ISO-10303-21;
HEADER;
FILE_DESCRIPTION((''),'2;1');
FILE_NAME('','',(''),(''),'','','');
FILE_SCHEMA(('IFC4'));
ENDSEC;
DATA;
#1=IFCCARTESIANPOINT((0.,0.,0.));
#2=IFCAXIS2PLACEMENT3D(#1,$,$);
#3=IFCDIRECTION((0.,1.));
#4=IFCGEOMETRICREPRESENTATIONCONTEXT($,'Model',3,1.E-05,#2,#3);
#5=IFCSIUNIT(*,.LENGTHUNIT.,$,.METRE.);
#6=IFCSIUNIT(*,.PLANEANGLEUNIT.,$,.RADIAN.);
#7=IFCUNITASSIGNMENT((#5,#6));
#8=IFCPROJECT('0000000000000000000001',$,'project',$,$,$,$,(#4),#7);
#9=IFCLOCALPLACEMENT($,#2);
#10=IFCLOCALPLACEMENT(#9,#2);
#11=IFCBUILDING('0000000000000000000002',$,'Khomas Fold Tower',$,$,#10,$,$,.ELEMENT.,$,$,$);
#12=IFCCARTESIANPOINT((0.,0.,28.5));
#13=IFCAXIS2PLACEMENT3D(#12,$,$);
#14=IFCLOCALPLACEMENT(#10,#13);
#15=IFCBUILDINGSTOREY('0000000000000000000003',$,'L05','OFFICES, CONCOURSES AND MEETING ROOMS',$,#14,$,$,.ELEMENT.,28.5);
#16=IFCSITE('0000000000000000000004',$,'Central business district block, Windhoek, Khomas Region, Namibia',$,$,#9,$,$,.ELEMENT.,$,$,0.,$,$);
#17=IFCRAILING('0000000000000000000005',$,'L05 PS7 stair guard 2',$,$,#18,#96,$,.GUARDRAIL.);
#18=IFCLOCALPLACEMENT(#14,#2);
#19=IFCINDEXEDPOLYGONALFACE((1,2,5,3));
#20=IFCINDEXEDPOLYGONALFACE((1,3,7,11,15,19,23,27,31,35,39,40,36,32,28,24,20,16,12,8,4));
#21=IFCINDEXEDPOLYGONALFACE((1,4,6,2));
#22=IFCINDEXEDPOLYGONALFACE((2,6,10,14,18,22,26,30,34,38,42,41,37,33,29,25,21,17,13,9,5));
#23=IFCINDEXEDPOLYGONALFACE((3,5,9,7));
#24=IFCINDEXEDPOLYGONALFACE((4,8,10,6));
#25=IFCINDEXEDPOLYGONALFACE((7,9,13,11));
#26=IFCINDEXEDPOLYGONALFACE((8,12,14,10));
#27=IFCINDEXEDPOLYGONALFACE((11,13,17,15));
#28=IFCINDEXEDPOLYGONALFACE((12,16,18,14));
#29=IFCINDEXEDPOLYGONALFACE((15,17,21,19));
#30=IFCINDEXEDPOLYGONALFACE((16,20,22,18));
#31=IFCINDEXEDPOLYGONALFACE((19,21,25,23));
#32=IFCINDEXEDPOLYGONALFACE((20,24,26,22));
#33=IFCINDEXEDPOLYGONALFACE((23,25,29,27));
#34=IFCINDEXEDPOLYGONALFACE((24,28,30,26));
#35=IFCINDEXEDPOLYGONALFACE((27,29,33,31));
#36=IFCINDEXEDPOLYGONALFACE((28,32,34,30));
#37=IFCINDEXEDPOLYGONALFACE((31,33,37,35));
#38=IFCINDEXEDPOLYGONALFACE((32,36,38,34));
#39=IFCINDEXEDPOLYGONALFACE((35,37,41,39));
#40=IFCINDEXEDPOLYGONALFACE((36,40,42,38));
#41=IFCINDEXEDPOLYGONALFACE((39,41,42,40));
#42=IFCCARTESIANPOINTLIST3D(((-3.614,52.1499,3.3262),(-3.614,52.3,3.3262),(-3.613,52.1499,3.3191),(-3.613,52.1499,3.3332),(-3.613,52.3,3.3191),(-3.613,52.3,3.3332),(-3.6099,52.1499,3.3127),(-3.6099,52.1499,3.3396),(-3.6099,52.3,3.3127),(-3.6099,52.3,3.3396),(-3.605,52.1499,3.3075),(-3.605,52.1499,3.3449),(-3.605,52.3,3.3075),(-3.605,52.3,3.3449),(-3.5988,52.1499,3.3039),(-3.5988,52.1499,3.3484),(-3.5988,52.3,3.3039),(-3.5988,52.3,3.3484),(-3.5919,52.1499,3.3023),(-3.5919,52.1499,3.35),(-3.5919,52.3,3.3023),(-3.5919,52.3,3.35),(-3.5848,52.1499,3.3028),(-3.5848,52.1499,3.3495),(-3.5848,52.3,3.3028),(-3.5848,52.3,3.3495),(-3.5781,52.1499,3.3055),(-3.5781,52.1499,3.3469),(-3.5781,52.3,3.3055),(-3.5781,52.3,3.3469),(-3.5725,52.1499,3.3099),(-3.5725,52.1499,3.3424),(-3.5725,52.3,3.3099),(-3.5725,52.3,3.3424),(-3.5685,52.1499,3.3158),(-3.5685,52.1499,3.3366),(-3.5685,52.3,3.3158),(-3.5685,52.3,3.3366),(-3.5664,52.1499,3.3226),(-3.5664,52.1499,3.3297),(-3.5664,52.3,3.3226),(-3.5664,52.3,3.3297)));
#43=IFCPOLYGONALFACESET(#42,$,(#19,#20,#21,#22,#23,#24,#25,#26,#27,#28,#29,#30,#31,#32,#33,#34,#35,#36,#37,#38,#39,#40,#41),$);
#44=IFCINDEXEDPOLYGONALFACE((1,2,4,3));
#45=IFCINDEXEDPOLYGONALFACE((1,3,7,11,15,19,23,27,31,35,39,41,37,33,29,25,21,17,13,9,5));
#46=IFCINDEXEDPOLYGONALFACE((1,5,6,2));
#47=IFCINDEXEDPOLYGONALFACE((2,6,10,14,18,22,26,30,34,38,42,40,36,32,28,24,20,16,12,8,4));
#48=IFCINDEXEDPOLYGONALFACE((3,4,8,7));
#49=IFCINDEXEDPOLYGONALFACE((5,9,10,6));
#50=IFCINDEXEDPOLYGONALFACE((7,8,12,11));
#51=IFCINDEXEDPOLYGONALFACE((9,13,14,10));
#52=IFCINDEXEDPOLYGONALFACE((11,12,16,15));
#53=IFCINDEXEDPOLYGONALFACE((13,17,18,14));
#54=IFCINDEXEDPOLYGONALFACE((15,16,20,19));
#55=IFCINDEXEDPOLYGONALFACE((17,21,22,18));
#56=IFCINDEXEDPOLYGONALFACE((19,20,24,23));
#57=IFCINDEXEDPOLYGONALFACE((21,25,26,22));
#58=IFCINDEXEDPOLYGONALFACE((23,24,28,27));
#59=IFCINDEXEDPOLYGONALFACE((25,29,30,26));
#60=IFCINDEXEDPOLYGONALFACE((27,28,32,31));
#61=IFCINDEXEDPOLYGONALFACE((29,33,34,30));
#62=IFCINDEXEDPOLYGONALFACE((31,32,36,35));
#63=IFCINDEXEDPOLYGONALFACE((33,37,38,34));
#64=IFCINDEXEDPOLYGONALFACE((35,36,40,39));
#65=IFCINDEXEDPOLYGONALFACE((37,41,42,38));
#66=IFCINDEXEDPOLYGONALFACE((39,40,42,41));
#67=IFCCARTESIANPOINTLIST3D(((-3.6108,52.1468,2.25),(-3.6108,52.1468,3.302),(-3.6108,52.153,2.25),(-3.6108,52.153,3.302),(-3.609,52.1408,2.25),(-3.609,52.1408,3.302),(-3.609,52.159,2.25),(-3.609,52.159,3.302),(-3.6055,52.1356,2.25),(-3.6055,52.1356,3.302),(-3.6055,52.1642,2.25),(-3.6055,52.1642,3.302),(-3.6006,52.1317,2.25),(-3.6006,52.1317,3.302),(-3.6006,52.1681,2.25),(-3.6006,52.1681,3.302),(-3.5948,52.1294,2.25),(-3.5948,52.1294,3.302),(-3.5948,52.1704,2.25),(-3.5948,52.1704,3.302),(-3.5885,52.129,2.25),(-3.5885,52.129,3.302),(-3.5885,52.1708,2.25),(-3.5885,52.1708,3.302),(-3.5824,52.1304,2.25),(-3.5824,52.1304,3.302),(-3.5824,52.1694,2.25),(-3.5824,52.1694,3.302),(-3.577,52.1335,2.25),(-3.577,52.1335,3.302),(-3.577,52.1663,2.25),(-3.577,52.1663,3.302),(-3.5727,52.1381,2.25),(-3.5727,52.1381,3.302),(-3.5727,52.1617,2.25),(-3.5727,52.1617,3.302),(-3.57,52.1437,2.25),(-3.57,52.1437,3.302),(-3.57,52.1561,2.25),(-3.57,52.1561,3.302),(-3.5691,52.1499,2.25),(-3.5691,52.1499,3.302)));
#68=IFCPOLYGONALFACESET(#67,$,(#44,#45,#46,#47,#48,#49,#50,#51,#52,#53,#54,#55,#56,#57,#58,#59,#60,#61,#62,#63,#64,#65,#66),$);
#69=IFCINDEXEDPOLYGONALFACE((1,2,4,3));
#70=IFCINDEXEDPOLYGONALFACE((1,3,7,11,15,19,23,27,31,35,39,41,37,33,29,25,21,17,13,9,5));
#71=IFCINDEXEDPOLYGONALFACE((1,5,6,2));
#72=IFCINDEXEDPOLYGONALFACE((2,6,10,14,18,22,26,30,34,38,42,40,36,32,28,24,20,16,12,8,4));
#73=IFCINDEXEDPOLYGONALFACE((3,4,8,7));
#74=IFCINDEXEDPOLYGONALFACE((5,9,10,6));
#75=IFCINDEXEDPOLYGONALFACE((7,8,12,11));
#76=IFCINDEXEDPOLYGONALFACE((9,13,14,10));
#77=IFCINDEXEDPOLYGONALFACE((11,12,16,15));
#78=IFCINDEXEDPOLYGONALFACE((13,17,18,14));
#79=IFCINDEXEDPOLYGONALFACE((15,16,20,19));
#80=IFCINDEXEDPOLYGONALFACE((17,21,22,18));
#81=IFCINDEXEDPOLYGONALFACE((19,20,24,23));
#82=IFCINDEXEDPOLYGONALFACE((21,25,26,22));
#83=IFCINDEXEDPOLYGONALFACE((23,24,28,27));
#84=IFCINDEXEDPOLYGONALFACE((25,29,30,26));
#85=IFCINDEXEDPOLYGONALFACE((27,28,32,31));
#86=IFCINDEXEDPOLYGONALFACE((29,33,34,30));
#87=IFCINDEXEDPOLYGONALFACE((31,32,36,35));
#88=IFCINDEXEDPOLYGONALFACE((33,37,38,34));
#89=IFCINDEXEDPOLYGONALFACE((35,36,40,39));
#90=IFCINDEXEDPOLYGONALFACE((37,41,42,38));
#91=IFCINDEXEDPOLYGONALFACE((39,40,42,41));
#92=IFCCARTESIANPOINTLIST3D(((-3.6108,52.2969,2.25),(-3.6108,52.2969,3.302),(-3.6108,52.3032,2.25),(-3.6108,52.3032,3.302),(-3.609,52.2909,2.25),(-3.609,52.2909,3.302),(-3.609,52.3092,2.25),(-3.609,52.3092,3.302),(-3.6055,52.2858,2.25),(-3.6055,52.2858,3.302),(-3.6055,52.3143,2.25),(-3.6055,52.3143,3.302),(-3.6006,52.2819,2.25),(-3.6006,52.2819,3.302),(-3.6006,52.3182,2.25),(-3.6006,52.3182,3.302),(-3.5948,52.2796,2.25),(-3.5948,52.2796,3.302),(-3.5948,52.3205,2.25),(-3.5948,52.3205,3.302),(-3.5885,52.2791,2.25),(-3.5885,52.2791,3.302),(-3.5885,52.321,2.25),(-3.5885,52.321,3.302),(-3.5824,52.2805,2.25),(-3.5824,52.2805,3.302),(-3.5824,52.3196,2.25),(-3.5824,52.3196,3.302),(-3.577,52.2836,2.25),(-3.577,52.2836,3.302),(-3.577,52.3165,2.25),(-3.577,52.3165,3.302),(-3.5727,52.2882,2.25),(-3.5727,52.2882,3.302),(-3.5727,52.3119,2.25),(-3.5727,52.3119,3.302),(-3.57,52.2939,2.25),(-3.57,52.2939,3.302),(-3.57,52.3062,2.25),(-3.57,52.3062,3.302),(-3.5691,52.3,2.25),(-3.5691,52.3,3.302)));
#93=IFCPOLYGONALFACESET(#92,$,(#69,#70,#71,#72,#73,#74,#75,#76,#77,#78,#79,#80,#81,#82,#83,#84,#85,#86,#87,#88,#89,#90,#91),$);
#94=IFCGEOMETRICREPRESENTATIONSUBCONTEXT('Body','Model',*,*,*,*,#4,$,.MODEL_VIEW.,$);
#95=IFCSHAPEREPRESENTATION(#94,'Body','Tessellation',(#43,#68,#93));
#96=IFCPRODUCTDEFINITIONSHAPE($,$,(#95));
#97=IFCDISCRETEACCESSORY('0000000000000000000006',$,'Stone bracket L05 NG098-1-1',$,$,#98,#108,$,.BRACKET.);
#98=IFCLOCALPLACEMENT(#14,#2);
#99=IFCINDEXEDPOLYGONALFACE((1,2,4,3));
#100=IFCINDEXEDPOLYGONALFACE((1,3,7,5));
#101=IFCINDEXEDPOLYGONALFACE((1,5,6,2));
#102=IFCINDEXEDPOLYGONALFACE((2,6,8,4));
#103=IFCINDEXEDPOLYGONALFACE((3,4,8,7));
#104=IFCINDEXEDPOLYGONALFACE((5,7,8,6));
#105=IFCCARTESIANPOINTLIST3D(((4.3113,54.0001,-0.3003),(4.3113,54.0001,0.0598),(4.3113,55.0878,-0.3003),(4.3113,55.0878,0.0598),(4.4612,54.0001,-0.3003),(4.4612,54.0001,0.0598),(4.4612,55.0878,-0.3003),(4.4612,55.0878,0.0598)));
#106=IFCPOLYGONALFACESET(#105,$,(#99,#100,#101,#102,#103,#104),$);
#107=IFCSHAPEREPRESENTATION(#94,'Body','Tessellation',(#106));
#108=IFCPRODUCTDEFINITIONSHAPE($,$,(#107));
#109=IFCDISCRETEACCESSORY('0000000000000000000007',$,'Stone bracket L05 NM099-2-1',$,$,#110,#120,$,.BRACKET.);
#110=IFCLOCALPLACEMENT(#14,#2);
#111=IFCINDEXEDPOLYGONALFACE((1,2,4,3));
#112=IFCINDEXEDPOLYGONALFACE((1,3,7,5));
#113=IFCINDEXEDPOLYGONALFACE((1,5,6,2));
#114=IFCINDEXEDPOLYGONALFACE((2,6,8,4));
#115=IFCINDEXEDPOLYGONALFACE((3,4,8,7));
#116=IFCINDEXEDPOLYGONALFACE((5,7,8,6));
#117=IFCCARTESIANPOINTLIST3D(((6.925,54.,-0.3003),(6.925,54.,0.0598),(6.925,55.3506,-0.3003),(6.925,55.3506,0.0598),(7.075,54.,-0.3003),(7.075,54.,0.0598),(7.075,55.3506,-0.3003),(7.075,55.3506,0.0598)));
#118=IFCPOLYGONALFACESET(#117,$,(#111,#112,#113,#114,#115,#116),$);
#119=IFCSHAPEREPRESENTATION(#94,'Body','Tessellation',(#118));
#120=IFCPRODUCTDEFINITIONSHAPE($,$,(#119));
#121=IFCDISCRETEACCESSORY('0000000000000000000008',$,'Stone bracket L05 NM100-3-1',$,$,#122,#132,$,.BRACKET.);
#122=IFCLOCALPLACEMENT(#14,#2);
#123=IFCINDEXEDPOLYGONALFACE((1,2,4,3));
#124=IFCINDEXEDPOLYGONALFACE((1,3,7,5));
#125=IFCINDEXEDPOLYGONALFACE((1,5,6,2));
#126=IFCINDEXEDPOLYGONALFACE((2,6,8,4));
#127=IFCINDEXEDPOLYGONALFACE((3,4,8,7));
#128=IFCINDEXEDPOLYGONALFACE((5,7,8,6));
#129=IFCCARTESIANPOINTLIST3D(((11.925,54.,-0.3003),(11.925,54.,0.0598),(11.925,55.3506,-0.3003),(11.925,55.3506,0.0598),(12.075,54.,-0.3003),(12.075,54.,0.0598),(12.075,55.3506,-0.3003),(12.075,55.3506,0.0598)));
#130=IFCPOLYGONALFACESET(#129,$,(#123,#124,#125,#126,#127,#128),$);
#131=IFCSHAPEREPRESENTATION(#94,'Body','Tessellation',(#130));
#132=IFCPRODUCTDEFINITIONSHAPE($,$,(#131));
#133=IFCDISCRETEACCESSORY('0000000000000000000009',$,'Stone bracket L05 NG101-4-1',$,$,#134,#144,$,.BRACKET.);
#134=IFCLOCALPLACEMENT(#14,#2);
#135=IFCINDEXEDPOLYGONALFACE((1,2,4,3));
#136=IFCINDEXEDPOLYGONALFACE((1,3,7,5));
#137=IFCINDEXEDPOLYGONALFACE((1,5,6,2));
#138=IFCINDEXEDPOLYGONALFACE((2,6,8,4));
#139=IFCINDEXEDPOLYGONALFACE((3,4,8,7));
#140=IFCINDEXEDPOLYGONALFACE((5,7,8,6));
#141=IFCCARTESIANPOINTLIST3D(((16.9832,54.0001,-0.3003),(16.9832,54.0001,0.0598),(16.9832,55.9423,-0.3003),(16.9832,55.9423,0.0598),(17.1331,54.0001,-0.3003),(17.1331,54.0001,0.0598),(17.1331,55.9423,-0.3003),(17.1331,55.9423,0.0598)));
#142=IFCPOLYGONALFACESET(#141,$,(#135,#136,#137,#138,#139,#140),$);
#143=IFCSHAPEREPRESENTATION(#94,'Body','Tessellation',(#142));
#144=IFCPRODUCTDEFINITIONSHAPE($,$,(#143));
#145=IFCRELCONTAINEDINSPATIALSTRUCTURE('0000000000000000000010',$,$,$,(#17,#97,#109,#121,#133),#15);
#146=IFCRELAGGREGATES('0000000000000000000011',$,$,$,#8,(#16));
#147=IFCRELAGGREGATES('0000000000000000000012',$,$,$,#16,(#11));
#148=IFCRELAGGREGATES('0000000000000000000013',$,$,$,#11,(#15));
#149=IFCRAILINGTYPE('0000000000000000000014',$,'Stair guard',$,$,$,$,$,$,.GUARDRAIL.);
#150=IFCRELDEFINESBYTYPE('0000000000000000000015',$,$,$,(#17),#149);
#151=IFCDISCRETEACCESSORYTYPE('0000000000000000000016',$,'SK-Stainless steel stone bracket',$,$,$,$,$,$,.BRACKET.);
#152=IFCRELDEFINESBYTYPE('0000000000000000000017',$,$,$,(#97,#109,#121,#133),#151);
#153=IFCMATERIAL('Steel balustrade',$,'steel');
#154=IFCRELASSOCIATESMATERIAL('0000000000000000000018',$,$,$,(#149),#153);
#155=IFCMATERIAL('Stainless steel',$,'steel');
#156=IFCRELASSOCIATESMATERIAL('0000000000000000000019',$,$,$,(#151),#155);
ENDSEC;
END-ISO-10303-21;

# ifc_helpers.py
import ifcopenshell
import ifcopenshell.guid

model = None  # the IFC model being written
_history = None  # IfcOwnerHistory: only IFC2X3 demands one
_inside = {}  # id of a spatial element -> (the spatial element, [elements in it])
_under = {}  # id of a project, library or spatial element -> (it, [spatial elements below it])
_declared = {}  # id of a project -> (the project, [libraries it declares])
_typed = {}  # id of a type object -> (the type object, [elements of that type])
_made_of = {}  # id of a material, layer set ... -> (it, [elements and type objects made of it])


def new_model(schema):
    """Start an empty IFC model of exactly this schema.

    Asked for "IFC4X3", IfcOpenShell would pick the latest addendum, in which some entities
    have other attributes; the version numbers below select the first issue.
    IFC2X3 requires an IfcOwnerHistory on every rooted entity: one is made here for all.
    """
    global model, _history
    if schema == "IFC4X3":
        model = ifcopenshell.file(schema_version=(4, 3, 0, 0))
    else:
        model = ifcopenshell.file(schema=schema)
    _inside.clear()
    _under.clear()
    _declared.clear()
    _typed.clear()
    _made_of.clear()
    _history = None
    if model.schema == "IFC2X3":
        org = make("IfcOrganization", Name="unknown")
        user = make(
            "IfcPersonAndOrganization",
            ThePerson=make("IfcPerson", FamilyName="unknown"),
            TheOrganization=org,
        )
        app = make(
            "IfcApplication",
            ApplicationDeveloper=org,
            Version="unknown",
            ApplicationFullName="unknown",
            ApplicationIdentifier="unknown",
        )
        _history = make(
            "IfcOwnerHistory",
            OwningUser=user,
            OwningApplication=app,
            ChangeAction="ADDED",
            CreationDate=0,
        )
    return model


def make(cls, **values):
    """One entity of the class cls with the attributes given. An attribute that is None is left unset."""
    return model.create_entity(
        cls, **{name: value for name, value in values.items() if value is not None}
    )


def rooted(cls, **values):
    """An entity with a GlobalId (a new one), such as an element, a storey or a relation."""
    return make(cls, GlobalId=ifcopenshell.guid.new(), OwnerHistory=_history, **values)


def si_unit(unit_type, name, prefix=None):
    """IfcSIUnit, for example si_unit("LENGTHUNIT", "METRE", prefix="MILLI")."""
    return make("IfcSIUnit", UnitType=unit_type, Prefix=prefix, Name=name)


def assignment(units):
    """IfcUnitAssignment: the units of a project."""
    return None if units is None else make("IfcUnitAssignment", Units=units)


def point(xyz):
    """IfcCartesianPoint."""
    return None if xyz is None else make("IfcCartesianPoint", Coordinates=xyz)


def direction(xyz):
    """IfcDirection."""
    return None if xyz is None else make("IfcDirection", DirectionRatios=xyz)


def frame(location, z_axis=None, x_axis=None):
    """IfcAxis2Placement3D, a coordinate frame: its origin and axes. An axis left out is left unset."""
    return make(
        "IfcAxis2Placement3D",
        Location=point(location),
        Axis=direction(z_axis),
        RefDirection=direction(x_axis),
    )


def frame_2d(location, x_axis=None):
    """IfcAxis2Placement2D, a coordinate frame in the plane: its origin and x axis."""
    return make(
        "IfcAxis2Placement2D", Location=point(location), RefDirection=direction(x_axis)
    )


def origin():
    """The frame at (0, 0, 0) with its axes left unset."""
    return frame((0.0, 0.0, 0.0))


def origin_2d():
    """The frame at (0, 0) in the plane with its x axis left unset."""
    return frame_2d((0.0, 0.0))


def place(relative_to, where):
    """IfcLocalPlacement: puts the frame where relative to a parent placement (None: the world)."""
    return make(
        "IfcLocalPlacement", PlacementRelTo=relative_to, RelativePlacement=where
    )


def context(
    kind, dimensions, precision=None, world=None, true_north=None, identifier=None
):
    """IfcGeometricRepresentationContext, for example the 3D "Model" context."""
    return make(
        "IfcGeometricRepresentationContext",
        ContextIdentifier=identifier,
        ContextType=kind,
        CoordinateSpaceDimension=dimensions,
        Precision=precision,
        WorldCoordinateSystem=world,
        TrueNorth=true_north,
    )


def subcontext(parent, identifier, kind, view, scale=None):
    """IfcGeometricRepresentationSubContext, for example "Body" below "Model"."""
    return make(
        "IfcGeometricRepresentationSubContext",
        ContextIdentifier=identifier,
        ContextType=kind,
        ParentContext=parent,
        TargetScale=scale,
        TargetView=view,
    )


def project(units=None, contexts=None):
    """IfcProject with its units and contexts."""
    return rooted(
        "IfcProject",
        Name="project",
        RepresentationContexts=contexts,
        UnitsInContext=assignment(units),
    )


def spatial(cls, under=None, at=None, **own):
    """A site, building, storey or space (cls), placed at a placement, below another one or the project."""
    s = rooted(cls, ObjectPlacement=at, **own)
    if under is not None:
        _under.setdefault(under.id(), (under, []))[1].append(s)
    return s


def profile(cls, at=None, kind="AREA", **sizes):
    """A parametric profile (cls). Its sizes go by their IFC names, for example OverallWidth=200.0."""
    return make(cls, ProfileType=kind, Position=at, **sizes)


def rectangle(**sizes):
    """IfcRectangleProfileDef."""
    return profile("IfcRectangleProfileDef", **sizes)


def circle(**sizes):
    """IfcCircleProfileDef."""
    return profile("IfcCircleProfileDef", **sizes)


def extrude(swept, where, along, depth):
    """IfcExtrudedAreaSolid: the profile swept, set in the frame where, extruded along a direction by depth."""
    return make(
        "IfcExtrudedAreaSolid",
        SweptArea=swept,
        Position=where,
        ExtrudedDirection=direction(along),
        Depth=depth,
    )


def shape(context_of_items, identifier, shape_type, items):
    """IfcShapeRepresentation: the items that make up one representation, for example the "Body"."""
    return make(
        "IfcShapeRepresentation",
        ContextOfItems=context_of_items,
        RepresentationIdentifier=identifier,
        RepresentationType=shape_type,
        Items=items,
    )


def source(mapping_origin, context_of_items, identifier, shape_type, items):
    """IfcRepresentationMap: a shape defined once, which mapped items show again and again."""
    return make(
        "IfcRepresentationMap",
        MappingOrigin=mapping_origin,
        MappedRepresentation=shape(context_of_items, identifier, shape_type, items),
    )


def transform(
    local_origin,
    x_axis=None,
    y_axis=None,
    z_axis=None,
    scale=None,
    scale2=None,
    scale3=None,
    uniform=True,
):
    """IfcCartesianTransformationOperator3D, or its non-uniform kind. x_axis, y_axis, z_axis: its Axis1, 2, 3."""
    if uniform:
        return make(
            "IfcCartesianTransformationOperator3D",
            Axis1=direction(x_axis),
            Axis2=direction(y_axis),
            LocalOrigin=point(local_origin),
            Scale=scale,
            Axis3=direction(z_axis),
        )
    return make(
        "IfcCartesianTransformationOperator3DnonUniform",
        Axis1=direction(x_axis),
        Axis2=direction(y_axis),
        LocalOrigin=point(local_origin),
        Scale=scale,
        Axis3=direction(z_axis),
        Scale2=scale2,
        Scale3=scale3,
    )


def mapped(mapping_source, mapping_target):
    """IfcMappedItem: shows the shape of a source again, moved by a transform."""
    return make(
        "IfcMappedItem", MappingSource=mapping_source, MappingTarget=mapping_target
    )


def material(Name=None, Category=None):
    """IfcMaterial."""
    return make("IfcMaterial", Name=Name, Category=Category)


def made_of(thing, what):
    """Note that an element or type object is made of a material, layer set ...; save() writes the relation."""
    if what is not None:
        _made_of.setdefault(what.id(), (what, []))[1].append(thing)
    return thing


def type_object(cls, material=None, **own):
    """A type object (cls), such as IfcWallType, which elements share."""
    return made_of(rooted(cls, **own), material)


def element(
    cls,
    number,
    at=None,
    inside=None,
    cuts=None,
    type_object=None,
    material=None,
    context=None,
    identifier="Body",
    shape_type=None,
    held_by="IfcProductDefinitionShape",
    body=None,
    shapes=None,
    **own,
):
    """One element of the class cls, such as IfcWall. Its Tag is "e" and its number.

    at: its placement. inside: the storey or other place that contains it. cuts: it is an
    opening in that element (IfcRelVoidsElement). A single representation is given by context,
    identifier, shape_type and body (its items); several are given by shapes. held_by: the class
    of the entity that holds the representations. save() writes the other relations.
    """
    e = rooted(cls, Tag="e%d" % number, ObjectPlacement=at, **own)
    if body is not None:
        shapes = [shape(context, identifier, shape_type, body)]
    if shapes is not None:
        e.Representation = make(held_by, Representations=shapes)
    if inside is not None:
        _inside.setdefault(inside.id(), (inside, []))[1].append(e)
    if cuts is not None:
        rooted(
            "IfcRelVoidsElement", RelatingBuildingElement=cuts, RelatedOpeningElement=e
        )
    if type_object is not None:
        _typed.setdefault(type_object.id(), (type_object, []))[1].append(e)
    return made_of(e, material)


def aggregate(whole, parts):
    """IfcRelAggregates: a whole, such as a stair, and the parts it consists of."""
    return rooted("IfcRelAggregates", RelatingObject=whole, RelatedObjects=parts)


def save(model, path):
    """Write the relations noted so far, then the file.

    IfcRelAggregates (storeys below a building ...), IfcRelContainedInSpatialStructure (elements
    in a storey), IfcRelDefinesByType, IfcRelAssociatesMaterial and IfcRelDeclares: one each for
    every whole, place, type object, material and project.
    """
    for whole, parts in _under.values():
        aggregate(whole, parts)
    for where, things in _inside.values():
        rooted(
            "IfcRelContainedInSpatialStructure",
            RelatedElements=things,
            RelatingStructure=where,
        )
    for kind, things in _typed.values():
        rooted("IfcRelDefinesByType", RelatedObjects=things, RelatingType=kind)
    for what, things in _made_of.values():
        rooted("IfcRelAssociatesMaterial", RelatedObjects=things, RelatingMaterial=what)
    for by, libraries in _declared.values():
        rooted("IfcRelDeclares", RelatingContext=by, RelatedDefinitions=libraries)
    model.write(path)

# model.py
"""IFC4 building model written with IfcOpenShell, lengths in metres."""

from ifc_helpers import new_model, si_unit, direction, frame, origin, origin_2d, place, context, subcontext, project, spatial, rectangle, circle, extrude, source, transform, mapped, material, type_object, element, save


model = new_model("IFC4")

# Units and contexts
model_context = context("Model", 3, precision=1e-05, world=origin(), true_north=direction((0.0, 1.0)))
body_context = subcontext(model_context, "Body", "Model", "MODEL_VIEW")
ifc_project = project(units=[si_unit("LENGTHUNIT", "METRE"), si_unit("PLANEANGLEUNIT", "RADIAN")], contexts=[model_context])

# Site, building, storey
site_placement = place(None, origin())
site = spatial("IfcSite", under=ifc_project, at=site_placement, Name="Central business district block, Windhoek, Khomas Region, Namibia", CompositionType="ELEMENT", RefElevation=0.0)
building_placement = place(site_placement, origin())
building = spatial("IfcBuilding", under=site, at=building_placement, Name="Khomas Fold Tower", CompositionType="ELEMENT")
storey_placement = place(building_placement, frame((0.0, 0.0, 28.5)))
storey = spatial("IfcBuildingStorey", under=building, at=storey_placement, Name="L05", Description="OFFICES, CONCOURSES AND MEETING ROOMS", CompositionType="ELEMENT", Elevation=28.5)

# Railing
ifc_material_1 = material(Name="Steel balustrade", Category="steel")
railing_type_1 = type_object("IfcRailingType", Name="Stair guard", PredefinedType="GUARDRAIL", material=ifc_material_1)
shared_shape_1 = source(origin(), body_context, "Body", "SweptSolid", [
    extrude(circle(Radius=0.0239, at=origin_2d()), frame((0.0, 0.0, 1.0762), z_axis=(0.0, 1.0, 0.0), x_axis=(-1.0, 0.0, 0.0)), (0.0, 0.0, 1.0), 0.1501),
    extrude(circle(Radius=0.021, at=origin_2d()), origin(), (0.0, 0.0, 1.0), 1.052),
    extrude(circle(Radius=0.021, at=origin_2d()), frame((0.0, 0.1501, 0.0)), (0.0, 0.0, 1.0), 1.052),
])
railing_1_placement = place(storey_placement, frame((-3.5901, 52.1499, 2.25)))
element("IfcRailing", 1, at=railing_1_placement, inside=storey, type_object=railing_type_1, Name="L05 PS7 stair guard 2", PredefinedType="GUARDRAIL", context=body_context, shape_type="MappedRepresentation", body=[
    mapped(shared_shape_1, transform((0.0, 0.0, 0.0))),
])

# Discrete accessories
ifc_material_2 = material(Name="Stainless steel", Category="steel")
discrete_accessory_type = type_object("IfcDiscreteAccessoryType", Name="SK-Stainless steel stone bracket", PredefinedType="BRACKET", material=ifc_material_2)
shared_shape_2 = source(origin(), body_context, "Body", "SweptSolid", [
    extrude(rectangle(XDim=1.0876, YDim=0.1499, at=origin_2d()), origin(), (0.0, 0.0, 1.0), 0.3601),
])
discrete_accessory_1_placement = place(storey_placement, frame((4.3862, 54.5439, -0.3003), z_axis=(0.0, 0.0, 1.0), x_axis=(0.0, 1.0, 0.0)))
element("IfcDiscreteAccessory", 2, at=discrete_accessory_1_placement, inside=storey, type_object=discrete_accessory_type, Name="Stone bracket L05 NG098-1-1", PredefinedType="BRACKET", context=body_context, shape_type="MappedRepresentation", body=[
    mapped(shared_shape_2, transform((0.0, 0.0, 0.0))),
])
shared_shape_3 = source(origin(), body_context, "Body", "SweptSolid", [
    extrude(rectangle(XDim=1.3506, YDim=0.1499, at=origin_2d()), origin(), (0.0, 0.0, 1.0), 0.3601),
])
for number, where, z_axis, x_axis, name in (
    (3, (7.0, 54.6753, -0.3003), (0.0, 0.0, 1.0), (0.0, 1.0, 0.0), "Stone bracket L05 NM099-2-1"),
    (4, (12.0, 54.6753, -0.3003), (0.0, 0.0, 1.0), (0.0, 1.0, 0.0), "Stone bracket L05 NM100-3-1"),
):
    element("IfcDiscreteAccessory", number, at=place(storey_placement, frame(where, z_axis=z_axis, x_axis=x_axis)), inside=storey, type_object=discrete_accessory_type, Name=name, PredefinedType="BRACKET", context=body_context, shape_type="MappedRepresentation", body=[
        mapped(shared_shape_3, transform((0.0, 0.0, 0.0))),
    ])
shared_shape_4 = source(origin(), body_context, "Body", "SweptSolid", [
    extrude(rectangle(XDim=1.9421, YDim=0.1499, at=origin_2d()), origin(), (0.0, 0.0, 1.0), 0.3601),
])
discrete_accessory_2_placement = place(storey_placement, frame((17.0581, 54.9712, -0.3003), z_axis=(0.0, 0.0, 1.0), x_axis=(0.0, 1.0, 0.0)))
element("IfcDiscreteAccessory", 5, at=discrete_accessory_2_placement, inside=storey, type_object=discrete_accessory_type, Name="Stone bracket L05 NG101-4-1", PredefinedType="BRACKET", context=body_context, shape_type="MappedRepresentation", body=[
    mapped(shared_shape_4, transform((0.0, 0.0, 0.0))),
])

save(model, "model.ifc")
